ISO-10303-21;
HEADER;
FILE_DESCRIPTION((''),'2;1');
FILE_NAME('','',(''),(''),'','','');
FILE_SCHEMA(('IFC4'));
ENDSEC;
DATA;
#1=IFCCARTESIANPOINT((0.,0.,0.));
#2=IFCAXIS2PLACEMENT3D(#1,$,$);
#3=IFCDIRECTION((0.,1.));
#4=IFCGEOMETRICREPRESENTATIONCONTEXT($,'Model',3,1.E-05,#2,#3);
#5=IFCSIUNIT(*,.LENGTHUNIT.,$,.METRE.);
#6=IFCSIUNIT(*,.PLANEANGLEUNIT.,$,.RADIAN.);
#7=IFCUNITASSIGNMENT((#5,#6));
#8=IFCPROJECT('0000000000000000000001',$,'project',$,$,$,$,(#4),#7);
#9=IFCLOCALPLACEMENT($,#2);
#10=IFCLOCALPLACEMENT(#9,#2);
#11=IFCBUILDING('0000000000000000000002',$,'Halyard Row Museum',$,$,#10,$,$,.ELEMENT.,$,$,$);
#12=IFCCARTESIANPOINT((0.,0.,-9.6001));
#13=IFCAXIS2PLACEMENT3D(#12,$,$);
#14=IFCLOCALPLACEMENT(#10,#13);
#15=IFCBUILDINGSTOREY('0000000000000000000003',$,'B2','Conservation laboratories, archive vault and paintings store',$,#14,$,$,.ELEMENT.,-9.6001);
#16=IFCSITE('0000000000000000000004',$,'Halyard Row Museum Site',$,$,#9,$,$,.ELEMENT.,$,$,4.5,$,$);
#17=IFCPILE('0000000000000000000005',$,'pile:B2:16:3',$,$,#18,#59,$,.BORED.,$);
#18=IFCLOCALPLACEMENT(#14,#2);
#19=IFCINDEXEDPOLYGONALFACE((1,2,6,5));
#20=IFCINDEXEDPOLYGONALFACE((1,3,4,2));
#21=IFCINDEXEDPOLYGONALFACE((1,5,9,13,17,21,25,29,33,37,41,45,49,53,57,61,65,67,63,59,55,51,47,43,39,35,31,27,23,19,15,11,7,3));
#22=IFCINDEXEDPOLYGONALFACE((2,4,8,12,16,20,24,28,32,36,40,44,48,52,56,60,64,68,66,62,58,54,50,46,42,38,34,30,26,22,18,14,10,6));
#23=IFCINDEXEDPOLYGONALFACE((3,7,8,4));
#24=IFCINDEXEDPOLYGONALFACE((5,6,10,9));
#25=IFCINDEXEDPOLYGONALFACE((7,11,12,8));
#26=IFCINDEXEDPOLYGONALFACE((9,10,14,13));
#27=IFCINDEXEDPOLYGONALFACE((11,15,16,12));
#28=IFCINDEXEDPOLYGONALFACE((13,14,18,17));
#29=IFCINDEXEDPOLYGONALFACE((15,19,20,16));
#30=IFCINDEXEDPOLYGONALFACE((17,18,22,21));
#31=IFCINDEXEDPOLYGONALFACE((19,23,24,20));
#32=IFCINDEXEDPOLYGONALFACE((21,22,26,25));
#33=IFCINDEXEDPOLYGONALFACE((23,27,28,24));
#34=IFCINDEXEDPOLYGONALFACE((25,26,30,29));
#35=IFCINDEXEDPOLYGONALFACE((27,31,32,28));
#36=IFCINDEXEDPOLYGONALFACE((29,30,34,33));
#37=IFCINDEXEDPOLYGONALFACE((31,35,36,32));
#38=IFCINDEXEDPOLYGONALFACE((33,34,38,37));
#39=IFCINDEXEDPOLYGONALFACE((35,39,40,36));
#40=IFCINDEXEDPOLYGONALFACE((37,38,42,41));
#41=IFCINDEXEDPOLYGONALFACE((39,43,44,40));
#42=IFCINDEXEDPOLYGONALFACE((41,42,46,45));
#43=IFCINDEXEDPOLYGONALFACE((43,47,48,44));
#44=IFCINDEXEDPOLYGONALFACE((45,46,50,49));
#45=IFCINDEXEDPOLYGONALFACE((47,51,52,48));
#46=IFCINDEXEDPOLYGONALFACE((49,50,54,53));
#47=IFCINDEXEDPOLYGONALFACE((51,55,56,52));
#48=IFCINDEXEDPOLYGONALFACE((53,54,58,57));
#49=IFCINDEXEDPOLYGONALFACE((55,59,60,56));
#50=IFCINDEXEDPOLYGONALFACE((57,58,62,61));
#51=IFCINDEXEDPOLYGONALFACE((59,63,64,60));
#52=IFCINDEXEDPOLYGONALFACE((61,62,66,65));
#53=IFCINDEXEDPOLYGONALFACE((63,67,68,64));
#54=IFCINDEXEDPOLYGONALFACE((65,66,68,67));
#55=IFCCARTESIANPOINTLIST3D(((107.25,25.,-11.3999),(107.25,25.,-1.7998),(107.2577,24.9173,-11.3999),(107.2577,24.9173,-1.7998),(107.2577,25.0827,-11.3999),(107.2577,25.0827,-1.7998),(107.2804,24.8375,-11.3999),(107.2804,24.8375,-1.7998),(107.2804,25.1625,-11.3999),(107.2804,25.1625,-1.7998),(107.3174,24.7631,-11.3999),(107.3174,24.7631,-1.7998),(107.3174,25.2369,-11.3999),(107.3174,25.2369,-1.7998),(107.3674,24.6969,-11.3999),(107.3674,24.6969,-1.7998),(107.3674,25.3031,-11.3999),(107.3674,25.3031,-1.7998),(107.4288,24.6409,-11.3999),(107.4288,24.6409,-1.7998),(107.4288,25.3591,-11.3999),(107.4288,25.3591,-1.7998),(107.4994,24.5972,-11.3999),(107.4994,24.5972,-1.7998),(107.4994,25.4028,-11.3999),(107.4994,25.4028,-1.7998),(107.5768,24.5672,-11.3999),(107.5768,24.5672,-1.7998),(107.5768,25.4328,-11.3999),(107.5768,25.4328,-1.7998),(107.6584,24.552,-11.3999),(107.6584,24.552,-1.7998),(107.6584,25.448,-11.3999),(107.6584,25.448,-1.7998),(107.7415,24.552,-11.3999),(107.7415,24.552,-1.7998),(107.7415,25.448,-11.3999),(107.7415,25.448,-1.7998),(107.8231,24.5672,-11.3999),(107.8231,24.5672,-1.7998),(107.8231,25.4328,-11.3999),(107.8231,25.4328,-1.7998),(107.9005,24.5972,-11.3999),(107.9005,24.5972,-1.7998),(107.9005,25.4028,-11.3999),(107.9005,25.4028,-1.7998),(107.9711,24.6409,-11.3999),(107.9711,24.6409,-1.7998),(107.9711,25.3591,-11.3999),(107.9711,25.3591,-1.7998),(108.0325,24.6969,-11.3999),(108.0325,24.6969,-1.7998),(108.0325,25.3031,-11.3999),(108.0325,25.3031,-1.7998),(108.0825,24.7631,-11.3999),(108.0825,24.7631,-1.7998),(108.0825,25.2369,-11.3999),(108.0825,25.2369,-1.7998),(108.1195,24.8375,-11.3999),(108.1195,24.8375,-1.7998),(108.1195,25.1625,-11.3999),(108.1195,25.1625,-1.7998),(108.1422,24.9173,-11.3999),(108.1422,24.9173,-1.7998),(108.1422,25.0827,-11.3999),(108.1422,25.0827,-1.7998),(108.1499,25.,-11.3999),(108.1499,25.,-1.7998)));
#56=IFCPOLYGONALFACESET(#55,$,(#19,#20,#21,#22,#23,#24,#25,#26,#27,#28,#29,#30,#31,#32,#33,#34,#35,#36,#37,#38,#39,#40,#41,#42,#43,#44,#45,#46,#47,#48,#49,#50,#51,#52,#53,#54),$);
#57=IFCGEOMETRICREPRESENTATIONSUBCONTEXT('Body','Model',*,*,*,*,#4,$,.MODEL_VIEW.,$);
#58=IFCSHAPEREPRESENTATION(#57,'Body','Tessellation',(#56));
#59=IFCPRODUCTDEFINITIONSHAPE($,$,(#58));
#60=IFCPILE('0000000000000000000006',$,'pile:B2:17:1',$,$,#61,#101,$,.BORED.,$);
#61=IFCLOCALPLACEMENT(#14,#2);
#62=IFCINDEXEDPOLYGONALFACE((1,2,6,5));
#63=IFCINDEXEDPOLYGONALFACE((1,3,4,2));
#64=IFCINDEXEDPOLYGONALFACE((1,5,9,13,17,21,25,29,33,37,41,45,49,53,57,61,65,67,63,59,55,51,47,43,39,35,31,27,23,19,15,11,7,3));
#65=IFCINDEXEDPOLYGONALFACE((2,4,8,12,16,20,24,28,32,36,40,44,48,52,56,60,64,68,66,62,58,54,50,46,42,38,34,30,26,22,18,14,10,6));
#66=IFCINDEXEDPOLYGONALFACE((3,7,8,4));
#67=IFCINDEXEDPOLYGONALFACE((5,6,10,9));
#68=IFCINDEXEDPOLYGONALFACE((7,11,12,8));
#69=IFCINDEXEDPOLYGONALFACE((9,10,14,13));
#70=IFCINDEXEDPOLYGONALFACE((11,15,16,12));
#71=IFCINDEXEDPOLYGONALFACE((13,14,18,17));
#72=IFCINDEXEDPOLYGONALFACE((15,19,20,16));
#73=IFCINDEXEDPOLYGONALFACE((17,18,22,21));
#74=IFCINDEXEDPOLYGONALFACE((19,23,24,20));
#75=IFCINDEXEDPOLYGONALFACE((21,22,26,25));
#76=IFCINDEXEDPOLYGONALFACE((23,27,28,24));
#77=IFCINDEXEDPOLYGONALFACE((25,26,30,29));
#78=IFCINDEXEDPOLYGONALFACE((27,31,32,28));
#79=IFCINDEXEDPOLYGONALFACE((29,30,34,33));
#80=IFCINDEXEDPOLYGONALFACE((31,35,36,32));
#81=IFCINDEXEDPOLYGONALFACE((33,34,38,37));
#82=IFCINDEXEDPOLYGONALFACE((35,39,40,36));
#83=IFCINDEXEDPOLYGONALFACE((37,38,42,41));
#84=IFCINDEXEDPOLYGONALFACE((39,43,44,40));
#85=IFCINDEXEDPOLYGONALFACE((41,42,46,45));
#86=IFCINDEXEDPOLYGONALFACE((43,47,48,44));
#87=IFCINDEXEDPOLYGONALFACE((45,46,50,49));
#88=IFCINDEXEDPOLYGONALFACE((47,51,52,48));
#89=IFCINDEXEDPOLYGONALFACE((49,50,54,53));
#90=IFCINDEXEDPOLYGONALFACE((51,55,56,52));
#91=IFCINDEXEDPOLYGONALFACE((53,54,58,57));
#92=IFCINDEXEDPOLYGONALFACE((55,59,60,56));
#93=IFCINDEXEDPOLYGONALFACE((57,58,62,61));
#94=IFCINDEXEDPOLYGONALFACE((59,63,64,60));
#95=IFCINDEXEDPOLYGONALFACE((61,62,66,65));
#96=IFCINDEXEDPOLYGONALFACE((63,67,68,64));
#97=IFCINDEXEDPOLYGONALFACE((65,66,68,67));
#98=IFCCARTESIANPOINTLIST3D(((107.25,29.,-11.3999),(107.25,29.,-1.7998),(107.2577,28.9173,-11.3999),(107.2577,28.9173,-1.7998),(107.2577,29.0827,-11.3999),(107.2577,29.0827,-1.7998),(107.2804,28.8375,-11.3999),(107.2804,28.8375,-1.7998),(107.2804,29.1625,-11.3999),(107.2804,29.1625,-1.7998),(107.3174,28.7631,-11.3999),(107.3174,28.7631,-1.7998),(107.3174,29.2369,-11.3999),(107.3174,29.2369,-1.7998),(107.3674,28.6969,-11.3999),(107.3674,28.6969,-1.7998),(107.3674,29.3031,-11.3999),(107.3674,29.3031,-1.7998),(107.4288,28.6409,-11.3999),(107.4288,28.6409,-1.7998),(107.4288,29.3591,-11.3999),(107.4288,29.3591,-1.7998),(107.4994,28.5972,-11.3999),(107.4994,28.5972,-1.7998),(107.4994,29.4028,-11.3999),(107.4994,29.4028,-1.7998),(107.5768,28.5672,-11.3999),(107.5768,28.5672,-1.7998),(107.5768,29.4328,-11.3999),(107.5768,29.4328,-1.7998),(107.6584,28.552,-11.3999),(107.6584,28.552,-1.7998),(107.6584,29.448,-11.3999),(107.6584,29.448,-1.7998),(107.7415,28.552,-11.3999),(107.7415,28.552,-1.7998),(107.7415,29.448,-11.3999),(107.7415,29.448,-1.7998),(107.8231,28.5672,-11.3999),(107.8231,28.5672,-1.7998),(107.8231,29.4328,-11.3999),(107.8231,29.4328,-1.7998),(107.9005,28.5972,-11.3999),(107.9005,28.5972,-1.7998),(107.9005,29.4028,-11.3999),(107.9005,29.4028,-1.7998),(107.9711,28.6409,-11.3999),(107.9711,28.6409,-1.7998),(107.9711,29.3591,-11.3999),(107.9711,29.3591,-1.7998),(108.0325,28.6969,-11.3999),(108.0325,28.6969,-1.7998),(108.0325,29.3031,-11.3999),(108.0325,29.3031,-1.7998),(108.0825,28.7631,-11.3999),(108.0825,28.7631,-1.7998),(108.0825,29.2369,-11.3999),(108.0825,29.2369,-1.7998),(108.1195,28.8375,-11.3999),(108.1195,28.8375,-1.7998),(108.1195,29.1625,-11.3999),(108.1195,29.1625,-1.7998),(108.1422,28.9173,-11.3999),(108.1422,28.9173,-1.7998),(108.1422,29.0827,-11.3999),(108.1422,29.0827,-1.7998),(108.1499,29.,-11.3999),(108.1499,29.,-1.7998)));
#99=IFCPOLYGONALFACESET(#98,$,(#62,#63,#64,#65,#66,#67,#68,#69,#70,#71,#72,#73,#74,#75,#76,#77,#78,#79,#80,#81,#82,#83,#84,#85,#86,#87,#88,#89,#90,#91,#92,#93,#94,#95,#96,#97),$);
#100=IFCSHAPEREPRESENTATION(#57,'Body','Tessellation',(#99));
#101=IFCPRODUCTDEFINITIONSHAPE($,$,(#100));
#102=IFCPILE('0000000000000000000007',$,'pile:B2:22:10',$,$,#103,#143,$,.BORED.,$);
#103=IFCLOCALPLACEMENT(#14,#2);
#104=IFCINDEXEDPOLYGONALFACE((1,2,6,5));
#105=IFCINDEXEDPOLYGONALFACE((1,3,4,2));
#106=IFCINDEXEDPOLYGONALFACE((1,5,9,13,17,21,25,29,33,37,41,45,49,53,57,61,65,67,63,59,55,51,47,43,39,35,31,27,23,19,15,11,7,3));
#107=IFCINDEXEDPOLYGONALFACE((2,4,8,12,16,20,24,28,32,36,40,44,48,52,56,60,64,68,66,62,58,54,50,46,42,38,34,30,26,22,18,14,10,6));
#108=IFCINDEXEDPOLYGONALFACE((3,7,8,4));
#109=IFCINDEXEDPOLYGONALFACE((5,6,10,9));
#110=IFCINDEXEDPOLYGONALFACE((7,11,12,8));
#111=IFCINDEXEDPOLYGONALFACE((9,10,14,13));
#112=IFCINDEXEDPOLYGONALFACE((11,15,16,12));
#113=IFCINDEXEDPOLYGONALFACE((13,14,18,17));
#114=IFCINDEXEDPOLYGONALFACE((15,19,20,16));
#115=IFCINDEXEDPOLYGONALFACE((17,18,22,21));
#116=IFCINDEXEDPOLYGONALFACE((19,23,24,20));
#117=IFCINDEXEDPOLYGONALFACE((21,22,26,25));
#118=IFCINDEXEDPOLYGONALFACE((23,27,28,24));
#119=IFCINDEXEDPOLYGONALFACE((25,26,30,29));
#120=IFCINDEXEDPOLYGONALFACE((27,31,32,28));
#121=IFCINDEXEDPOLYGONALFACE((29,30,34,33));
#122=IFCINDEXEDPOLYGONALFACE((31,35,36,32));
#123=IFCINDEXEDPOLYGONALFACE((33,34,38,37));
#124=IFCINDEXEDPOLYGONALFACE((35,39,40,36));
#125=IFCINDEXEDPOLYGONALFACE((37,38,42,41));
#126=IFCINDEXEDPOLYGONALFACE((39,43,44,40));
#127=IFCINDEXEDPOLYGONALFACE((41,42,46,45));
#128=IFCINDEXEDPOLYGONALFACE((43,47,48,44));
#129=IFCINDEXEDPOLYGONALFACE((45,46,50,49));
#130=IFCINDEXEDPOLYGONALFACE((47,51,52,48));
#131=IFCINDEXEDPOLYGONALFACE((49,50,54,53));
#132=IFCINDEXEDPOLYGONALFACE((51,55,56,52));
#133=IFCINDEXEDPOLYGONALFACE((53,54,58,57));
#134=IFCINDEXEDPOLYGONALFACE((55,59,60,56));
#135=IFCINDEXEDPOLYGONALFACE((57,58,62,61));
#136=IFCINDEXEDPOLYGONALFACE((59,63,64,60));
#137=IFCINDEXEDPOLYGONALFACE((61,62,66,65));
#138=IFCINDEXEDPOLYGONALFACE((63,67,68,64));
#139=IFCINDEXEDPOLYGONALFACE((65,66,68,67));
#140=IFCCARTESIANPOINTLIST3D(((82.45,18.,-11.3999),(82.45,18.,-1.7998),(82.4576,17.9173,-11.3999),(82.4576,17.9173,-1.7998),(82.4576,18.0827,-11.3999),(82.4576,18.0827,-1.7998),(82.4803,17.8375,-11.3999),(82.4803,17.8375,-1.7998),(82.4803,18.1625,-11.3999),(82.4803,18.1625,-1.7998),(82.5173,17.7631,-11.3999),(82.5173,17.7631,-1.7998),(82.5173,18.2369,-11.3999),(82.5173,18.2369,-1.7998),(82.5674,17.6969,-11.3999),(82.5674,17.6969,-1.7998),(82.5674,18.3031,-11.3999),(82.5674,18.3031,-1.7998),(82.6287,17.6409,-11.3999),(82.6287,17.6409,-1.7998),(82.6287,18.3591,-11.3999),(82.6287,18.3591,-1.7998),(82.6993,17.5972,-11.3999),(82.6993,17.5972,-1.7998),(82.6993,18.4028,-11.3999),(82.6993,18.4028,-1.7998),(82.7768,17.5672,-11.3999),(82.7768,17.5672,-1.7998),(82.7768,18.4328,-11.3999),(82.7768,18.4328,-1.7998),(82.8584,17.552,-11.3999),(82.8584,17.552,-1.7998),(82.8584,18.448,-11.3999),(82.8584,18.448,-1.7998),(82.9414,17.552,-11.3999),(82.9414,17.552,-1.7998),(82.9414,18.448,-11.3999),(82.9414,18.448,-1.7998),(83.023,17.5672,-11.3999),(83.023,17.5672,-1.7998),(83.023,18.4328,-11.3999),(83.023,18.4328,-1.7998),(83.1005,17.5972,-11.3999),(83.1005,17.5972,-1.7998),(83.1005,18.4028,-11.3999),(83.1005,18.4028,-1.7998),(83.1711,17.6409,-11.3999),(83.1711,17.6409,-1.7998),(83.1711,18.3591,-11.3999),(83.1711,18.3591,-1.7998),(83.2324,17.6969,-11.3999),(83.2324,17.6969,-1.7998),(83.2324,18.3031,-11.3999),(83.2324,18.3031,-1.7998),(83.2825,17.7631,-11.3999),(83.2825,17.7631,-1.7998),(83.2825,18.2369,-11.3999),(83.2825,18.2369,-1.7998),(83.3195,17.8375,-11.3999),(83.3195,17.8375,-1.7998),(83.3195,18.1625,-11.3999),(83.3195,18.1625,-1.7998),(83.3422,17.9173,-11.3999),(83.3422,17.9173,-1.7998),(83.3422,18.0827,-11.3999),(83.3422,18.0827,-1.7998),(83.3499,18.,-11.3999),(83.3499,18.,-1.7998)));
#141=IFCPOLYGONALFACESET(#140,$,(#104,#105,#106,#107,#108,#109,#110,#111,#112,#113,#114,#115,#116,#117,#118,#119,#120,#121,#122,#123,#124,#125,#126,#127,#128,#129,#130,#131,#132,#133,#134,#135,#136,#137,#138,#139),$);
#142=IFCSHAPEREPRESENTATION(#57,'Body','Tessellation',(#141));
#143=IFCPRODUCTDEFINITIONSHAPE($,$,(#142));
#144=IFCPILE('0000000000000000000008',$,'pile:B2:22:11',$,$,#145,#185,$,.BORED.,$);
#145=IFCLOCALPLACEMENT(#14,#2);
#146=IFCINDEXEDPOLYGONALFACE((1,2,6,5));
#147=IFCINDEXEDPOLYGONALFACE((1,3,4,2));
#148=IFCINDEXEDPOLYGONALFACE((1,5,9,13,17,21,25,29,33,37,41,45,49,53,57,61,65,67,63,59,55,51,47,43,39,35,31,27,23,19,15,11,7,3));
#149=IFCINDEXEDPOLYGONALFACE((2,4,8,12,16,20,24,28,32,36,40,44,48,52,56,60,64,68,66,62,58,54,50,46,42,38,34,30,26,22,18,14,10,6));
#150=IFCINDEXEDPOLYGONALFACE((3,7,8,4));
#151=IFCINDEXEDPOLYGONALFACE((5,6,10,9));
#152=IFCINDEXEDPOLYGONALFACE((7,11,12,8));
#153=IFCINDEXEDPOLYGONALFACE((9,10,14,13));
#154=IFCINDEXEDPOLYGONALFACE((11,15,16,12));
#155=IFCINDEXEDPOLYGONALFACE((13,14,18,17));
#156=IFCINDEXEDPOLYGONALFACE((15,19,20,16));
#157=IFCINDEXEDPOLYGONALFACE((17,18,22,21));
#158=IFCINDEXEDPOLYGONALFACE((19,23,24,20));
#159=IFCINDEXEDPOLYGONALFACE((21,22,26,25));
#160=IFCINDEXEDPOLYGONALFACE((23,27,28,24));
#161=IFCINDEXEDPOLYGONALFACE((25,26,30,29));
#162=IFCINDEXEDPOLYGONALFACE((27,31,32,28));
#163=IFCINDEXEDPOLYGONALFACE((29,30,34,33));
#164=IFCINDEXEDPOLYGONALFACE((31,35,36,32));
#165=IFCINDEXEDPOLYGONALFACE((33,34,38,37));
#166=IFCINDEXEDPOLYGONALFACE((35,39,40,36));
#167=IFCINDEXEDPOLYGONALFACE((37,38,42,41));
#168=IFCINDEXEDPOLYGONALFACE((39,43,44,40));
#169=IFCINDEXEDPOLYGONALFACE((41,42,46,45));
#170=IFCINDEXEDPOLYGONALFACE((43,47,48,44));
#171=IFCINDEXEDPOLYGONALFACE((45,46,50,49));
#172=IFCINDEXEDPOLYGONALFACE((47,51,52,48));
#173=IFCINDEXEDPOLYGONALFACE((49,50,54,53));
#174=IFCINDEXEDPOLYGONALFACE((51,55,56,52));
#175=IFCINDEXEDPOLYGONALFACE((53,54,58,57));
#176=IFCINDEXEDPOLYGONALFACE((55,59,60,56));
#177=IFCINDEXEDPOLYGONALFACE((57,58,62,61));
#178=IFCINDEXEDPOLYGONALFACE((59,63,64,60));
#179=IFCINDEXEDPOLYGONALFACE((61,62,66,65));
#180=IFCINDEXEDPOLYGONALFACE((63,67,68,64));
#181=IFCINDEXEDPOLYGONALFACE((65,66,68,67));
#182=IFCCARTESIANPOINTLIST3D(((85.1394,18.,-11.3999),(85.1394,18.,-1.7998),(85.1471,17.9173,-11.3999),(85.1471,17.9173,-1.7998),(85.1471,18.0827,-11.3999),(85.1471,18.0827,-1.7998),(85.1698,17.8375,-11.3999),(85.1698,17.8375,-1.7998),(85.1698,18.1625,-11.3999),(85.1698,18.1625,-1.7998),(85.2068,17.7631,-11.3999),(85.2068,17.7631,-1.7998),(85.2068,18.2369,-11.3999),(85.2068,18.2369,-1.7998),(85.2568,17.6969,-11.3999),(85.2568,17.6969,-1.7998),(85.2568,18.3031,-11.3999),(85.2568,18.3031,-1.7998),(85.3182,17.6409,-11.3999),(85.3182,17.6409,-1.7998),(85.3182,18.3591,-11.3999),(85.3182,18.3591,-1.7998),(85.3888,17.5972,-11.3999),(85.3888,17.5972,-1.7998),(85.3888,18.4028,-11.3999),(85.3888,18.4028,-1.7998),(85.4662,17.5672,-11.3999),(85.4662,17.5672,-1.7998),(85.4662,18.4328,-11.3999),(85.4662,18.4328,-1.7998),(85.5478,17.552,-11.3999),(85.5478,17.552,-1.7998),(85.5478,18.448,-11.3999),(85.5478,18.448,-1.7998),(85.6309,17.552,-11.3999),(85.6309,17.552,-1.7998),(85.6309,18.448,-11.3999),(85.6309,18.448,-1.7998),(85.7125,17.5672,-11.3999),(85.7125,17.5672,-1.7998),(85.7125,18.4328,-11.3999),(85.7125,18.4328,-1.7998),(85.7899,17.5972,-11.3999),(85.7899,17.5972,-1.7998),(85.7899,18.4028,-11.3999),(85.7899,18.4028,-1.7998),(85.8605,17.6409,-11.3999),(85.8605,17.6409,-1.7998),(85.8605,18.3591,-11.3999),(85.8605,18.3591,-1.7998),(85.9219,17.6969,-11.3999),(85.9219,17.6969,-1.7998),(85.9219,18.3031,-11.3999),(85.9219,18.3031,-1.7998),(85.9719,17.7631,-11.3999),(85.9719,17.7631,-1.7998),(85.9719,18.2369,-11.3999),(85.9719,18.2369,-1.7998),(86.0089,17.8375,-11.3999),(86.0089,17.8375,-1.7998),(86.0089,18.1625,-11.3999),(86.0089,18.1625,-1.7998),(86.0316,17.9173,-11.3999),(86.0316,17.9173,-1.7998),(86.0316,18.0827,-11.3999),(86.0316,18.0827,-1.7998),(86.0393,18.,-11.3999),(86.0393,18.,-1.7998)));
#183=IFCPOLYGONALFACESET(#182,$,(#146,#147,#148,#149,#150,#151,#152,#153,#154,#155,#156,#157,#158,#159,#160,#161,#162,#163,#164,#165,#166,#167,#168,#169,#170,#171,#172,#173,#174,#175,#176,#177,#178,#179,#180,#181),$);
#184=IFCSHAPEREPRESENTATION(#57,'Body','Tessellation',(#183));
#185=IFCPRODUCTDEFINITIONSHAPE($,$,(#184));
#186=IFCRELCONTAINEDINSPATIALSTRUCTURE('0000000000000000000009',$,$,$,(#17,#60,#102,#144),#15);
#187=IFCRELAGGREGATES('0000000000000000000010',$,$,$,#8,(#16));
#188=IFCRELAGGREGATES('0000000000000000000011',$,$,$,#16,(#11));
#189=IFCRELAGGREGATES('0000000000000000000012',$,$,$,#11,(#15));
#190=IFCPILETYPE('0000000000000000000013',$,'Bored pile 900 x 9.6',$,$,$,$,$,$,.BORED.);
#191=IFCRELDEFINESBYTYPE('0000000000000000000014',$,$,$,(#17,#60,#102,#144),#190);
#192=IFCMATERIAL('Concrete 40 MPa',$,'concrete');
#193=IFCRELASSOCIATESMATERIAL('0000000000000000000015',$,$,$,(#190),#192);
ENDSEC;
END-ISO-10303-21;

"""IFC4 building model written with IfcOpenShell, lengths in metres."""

from ifc_helpers import new_model, si_unit, direction, frame, origin, origin_2d, place, context, subcontext, project, spatial, circle, extrude, material, material_profile, profile_set, type_object, element, save


model = new_model("IFC4")

# Units and contexts
model_context = context("Model", 3, precision=1e-05, world=origin(), true_north=direction((0.0, 1.0)))
body_context = subcontext(model_context, "Body", "Model", "MODEL_VIEW")
ifc_project = project(units=[si_unit("LENGTHUNIT", "METRE"), si_unit("PLANEANGLEUNIT", "RADIAN")], contexts=[model_context])

# Site, building, storey
site_placement = place(None, origin())
site = spatial("IfcSite", under=ifc_project, at=site_placement, Name="Halyard Row Museum Site", CompositionType="ELEMENT", RefElevation=4.5)
building_placement = place(site_placement, origin())
building = spatial("IfcBuilding", under=site, at=building_placement, Name="Halyard Row Museum", CompositionType="ELEMENT")
storey_placement = place(building_placement, frame((0.0, 0.0, -9.6001)))
storey = spatial("IfcBuildingStorey", under=building, at=storey_placement, Name="B2", Description="Conservation laboratories, archive vault and paintings store", CompositionType="ELEMENT", Elevation=-9.6001)

# Piles
ifc_material_1 = material(Name="Concrete 40 MPa", Category="concrete")
ifc_material_profile_1 = material_profile(ifc_material_1, circle(Radius=0.45, at=origin_2d()), Name="Bored pile 900 x 9.6")
ifc_profile_set_1 = profile_set([ifc_material_profile_1], Name="Concrete 40 MPa")
pile_type_1 = type_object("IfcPileType", Name="Bored pile 900 x 9.6", PredefinedType="BORED", material=ifc_profile_set_1)
for number, where, z_axis, x_axis, name in (
    (1, (107.7, 25.0, -1.7998), (0.0, 0.0, -1.0), (1.0, 0.0, 0.0), "pile:B2:16:3"),
    (2, (107.7, 29.0, -1.7998), (0.0, 0.0, -1.0), (1.0, 0.0, 0.0), "pile:B2:17:1"),
    (3, (82.8999, 18.0, -1.7998), (0.0, 0.0, -1.0), (1.0, 0.0, 0.0), "pile:B2:22:10"),
    (4, (85.5894, 18.0, -1.7998), (0.0, 0.0, -1.0), (1.0, 0.0, 0.0), "pile:B2:22:11"),
):
    element("IfcPile", number, at=place(storey_placement, frame(where, z_axis=z_axis, x_axis=x_axis)), inside=storey, type_object=pile_type_1, Name=name, PredefinedType="BORED", context=body_context, shape_type="SweptSolid", body=[
        extrude(circle(Radius=0.45, at=origin_2d()), origin(), (0.0, 0.0, 1.0), 9.6001),
    ])

save(model, "model.ifc")
